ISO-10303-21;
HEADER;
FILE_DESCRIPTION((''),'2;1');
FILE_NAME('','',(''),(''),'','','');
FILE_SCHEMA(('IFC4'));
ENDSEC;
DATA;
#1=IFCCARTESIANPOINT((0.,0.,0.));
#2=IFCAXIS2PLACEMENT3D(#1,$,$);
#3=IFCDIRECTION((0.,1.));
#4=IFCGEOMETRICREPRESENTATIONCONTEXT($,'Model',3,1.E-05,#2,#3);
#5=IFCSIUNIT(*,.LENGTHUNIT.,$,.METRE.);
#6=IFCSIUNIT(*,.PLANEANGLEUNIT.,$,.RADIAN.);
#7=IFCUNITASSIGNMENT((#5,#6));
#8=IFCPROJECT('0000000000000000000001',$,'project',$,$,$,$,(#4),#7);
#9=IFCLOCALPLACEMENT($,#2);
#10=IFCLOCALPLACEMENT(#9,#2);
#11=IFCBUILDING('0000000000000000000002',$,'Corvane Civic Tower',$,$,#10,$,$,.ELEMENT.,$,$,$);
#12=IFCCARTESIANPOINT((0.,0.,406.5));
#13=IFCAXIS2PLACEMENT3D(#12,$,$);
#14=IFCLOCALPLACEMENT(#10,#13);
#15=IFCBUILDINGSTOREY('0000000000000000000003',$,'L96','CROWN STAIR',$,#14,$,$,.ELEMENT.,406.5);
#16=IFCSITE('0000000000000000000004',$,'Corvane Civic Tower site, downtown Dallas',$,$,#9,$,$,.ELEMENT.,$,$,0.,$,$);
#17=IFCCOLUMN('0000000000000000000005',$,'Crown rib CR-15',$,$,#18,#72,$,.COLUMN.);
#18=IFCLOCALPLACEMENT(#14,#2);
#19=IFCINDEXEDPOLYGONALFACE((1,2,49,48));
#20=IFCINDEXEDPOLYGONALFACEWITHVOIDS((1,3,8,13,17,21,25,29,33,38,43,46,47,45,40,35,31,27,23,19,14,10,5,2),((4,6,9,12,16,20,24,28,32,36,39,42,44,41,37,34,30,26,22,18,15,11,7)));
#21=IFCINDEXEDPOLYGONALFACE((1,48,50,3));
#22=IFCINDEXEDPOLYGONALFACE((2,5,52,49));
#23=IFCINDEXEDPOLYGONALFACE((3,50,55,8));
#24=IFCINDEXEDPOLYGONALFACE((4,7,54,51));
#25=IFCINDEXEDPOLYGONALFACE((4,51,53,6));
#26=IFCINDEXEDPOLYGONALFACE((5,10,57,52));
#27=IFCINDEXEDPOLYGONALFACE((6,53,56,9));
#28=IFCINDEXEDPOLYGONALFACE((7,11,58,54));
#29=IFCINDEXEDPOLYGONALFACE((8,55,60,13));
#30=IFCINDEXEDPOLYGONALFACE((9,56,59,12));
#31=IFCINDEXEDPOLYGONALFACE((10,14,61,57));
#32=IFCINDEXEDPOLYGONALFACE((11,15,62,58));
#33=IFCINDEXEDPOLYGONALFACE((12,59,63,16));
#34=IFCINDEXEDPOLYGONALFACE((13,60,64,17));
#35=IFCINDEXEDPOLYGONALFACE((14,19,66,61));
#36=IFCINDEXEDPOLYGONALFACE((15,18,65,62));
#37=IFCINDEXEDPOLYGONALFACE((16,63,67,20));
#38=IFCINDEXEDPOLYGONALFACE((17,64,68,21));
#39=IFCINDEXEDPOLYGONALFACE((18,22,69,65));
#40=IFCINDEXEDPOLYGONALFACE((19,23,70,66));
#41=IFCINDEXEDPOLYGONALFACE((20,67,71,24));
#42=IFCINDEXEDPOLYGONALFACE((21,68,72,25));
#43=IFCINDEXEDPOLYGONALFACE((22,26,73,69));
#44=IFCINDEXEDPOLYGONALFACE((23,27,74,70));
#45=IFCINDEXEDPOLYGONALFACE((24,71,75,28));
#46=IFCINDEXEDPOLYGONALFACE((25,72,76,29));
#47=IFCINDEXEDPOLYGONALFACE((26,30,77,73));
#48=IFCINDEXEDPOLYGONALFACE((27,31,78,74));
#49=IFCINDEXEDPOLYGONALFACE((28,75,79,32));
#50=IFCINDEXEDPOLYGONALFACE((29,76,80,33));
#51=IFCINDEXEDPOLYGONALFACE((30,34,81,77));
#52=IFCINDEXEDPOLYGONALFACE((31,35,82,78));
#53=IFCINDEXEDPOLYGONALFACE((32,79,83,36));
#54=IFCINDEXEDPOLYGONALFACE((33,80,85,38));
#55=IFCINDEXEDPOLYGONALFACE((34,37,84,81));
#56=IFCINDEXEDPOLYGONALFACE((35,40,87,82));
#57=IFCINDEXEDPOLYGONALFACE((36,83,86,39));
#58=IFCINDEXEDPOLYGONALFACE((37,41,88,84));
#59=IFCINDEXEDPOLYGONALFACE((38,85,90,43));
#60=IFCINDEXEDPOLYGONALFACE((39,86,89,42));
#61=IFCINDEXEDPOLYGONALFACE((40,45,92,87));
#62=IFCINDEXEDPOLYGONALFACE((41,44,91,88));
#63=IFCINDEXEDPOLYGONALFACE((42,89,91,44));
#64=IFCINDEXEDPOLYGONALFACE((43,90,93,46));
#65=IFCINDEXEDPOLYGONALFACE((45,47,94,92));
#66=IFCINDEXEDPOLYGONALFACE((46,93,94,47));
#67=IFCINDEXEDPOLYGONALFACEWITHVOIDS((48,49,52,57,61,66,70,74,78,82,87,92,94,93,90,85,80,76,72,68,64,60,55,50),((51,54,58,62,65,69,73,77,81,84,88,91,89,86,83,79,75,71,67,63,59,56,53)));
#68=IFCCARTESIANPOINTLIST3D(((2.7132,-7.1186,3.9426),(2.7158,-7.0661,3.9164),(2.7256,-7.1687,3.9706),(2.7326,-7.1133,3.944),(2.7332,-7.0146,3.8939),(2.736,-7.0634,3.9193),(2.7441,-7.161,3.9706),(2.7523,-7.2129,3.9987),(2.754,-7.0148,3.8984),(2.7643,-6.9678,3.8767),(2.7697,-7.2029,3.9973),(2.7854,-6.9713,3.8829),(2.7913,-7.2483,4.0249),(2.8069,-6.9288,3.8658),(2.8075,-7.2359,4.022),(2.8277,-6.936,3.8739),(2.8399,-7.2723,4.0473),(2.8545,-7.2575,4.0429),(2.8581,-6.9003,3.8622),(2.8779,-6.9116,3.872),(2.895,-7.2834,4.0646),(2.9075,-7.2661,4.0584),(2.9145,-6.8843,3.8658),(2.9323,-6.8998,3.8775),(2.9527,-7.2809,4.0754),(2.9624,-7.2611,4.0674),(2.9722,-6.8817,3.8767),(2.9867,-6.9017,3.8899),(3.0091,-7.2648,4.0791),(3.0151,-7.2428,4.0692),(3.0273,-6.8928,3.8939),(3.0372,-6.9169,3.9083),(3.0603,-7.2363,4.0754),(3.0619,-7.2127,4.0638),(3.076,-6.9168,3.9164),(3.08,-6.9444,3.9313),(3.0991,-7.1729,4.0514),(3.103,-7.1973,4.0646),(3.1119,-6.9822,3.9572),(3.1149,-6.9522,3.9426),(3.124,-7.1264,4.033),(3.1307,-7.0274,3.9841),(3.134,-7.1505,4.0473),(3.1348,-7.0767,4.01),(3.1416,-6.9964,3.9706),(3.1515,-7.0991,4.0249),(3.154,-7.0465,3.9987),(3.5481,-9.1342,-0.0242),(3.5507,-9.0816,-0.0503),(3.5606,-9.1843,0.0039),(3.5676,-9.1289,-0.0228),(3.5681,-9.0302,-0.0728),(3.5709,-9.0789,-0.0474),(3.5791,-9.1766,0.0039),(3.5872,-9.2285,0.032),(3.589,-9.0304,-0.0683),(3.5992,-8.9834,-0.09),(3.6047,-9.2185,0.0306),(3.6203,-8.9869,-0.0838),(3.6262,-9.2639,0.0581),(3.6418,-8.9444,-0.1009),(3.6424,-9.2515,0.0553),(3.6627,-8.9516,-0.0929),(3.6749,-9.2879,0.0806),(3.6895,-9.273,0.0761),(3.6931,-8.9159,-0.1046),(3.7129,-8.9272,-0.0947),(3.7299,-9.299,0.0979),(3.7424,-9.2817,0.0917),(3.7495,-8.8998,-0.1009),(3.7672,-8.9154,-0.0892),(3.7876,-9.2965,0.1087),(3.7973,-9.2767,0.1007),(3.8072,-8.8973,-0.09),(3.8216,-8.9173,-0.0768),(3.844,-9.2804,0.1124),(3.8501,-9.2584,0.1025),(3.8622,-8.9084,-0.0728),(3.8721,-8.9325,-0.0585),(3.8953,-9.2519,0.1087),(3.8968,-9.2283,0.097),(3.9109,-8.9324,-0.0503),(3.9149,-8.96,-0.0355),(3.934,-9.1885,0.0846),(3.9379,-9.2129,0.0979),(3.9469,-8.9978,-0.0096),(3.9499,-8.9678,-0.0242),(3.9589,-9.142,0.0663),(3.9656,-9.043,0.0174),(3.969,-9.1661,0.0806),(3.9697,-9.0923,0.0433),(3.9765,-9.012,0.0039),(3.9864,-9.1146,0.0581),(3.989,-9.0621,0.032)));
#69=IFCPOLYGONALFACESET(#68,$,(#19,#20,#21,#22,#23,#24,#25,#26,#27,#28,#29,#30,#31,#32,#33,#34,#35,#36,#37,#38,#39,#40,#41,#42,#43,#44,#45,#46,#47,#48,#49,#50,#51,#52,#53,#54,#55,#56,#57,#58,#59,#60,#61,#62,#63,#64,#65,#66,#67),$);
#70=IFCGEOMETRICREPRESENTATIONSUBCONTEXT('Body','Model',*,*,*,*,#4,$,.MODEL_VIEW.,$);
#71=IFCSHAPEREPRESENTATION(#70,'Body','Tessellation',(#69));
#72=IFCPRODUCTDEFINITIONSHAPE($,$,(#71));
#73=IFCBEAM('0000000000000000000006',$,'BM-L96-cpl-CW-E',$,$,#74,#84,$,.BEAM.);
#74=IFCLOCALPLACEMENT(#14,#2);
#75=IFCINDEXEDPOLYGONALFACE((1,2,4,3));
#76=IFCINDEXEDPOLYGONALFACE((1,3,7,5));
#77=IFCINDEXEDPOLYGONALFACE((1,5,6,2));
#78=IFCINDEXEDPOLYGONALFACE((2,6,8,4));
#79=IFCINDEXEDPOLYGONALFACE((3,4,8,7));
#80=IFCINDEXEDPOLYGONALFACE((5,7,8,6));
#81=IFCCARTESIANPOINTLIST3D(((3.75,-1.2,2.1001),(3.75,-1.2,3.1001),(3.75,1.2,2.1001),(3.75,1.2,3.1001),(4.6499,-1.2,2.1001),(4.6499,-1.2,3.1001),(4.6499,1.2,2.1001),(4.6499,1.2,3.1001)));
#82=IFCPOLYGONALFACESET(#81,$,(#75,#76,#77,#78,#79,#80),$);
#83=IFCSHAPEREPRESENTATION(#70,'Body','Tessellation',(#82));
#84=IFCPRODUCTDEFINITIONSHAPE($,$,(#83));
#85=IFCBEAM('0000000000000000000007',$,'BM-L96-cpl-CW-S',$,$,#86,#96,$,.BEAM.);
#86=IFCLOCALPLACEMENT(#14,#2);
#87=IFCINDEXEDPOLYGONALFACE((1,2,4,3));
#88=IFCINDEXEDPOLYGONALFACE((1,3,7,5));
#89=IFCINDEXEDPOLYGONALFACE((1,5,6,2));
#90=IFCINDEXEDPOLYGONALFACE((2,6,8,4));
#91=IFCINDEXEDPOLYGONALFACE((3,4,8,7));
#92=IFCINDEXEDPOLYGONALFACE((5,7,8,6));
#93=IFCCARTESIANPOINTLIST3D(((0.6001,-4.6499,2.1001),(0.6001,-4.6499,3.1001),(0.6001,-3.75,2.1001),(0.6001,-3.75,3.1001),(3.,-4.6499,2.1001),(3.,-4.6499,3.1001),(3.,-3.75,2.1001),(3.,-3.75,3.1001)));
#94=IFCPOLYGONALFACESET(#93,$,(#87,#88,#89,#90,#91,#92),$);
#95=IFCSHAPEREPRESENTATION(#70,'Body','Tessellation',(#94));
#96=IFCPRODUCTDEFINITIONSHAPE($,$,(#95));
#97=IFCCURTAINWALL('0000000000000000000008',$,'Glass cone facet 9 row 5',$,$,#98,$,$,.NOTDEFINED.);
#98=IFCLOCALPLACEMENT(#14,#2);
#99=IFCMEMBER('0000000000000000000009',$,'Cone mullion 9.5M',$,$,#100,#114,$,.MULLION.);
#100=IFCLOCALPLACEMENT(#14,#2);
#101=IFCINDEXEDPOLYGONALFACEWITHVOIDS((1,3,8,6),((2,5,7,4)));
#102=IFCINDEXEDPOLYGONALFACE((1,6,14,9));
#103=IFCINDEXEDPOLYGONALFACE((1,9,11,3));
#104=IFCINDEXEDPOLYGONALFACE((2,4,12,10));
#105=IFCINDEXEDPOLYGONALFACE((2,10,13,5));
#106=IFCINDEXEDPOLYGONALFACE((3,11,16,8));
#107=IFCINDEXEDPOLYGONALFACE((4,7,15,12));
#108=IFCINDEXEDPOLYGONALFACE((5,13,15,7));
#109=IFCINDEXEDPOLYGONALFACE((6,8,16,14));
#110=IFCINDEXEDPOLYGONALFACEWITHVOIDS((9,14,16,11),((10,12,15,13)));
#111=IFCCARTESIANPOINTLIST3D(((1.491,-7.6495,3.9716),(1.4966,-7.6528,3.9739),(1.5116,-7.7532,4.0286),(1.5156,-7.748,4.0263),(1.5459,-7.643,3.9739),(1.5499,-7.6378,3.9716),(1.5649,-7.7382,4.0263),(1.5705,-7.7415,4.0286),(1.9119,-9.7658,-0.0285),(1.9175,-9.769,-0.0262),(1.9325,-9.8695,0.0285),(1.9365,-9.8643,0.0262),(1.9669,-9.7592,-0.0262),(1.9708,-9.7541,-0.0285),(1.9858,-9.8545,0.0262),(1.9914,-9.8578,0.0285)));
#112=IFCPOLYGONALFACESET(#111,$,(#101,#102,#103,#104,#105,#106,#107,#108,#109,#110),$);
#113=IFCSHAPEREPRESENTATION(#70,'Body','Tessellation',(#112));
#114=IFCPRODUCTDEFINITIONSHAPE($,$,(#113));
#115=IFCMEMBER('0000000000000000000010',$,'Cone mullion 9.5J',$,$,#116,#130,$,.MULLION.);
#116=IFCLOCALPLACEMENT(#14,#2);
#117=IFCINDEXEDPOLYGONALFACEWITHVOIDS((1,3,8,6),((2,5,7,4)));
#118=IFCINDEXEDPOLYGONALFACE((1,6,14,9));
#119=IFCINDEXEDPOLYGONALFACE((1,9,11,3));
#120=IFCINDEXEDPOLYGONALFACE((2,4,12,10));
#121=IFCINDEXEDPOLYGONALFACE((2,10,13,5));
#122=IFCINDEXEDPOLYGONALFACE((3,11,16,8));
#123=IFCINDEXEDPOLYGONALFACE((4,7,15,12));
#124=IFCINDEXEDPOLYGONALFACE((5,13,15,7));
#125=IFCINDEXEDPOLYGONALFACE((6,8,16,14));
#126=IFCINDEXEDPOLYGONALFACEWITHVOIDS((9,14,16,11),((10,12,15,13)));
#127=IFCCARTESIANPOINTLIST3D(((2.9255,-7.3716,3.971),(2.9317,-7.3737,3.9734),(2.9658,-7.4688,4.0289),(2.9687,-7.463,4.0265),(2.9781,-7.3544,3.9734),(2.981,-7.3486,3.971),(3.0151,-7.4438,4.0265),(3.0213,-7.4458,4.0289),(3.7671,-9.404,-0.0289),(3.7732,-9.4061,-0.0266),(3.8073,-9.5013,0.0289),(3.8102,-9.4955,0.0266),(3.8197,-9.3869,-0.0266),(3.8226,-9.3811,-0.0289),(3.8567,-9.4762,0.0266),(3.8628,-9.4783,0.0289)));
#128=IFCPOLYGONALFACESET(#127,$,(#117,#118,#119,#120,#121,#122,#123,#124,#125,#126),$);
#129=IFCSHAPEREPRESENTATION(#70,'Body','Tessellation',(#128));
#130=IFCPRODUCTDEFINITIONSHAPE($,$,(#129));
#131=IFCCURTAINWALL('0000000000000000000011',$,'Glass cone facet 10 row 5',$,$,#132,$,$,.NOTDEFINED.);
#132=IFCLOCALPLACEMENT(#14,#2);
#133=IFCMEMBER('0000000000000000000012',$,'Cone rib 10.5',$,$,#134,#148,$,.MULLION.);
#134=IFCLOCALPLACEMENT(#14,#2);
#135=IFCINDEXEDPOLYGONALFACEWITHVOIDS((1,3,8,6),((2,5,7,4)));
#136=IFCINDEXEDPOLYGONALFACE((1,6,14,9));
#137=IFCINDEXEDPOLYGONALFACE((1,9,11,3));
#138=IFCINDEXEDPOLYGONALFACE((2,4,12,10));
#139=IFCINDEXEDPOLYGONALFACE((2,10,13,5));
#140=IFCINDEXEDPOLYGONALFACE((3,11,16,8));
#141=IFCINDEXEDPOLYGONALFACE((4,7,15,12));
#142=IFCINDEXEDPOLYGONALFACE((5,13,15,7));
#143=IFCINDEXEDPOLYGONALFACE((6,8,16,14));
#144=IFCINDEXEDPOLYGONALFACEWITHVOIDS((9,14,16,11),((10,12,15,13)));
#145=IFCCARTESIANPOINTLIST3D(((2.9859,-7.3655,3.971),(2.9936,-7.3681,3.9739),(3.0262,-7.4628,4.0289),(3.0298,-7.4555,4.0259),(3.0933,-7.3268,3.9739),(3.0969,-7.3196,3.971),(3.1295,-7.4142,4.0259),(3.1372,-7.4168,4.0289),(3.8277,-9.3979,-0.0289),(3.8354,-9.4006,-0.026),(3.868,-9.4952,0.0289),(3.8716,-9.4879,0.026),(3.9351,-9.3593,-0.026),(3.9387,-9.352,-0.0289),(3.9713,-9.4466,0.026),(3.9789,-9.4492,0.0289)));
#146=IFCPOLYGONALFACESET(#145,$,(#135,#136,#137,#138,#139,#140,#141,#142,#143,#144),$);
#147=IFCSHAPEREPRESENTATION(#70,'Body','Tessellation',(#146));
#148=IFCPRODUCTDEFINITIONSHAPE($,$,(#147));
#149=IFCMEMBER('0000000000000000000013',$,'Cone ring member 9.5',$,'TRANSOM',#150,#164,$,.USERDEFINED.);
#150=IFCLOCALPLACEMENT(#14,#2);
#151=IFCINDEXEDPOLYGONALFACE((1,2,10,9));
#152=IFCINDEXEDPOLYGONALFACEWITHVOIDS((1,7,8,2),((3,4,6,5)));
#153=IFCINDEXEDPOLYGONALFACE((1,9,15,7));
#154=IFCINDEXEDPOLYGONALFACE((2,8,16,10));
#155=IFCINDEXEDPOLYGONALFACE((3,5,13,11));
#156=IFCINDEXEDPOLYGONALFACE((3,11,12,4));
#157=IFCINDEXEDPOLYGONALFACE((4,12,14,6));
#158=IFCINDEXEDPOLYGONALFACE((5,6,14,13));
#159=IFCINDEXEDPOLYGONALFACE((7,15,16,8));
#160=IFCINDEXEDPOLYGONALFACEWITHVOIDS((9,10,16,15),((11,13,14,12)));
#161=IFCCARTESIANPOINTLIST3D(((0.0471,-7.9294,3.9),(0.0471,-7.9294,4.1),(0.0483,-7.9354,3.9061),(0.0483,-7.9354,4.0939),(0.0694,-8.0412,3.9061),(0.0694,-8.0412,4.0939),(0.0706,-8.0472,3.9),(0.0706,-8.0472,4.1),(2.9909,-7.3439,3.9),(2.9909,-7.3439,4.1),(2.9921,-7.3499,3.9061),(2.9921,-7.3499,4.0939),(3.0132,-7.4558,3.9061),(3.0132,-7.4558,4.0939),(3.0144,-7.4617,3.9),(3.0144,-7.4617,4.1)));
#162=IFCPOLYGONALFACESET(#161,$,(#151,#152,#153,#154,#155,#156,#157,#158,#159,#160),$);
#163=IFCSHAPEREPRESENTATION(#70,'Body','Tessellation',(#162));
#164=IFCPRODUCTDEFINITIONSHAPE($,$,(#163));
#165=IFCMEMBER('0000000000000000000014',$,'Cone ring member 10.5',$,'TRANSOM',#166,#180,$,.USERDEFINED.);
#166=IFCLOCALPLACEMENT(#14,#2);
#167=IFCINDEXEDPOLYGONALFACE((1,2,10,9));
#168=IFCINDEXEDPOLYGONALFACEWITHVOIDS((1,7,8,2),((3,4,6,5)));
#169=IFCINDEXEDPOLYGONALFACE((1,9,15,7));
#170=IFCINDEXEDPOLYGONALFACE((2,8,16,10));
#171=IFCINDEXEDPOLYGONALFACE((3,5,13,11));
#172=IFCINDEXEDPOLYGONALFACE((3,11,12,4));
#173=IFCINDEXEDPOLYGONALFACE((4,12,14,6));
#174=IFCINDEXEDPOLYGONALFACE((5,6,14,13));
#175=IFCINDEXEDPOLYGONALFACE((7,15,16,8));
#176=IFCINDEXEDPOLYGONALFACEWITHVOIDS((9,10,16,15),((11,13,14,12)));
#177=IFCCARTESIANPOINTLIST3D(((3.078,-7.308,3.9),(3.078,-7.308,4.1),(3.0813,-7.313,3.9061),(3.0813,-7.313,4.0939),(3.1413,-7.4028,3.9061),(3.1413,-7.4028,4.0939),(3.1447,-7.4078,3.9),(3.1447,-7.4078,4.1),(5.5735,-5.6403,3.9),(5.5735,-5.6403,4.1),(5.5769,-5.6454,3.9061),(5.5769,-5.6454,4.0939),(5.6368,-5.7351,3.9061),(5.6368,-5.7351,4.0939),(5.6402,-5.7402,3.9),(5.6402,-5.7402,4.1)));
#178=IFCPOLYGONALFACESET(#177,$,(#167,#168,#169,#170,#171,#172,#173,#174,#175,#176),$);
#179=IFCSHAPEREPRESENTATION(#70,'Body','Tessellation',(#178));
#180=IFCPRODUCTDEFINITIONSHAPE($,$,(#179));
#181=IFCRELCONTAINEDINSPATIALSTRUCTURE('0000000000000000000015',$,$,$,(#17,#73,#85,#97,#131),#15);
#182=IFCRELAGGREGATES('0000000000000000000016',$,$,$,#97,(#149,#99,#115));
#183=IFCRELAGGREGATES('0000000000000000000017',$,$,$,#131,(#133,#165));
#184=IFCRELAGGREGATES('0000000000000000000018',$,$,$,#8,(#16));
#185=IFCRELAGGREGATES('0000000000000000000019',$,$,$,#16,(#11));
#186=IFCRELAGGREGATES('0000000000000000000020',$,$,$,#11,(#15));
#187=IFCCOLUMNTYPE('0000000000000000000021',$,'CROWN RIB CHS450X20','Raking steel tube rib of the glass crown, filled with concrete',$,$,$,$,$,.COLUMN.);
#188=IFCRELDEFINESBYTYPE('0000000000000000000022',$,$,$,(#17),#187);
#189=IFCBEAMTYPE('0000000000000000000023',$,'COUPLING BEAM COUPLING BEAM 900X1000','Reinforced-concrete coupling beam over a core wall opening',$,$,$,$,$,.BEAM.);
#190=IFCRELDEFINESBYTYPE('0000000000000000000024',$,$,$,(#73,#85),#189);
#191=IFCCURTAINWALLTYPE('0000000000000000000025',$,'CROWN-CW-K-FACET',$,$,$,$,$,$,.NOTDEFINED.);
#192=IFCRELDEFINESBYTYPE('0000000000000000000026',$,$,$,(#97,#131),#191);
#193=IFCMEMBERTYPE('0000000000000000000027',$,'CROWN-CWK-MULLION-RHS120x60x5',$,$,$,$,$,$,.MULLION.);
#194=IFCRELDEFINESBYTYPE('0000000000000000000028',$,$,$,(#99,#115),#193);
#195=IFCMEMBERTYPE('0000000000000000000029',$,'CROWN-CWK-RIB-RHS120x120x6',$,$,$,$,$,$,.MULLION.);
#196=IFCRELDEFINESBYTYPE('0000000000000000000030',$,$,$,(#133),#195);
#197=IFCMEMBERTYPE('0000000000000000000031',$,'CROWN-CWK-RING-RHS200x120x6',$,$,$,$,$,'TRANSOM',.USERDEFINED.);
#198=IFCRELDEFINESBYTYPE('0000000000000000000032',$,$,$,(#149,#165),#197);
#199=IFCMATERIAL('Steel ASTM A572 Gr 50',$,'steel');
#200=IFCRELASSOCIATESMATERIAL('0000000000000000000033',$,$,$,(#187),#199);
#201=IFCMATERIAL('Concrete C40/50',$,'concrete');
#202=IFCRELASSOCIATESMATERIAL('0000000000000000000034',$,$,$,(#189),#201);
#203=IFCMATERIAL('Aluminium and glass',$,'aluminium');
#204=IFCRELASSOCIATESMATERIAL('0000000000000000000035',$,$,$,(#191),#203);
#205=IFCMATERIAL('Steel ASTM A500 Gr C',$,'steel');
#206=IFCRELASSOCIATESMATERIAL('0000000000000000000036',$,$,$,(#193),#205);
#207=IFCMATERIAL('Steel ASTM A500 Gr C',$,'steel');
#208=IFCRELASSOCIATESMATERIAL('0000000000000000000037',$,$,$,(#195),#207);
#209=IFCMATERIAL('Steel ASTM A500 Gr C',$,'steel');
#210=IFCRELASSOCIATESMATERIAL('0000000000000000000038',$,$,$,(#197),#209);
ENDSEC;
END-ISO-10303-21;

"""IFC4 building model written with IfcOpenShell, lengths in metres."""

from ifc_helpers import new_model, si_unit, direction, frame, origin, origin_2d, place, context, subcontext, project, spatial, rectangle, hollow_rectangle, hollow_circle, extrude, material, material_profile, profile_set, type_object, element, aggregate, save


model = new_model("IFC4")

# Units and contexts
model_context = context("Model", 3, precision=1e-05, world=origin(), true_north=direction((0.0, 1.0)))
body_context = subcontext(model_context, "Body", "Model", "MODEL_VIEW")
ifc_project = project(units=[si_unit("LENGTHUNIT", "METRE"), si_unit("PLANEANGLEUNIT", "RADIAN")], contexts=[model_context])

# Site, building, storey
site_placement = place(None, origin())
site = spatial("IfcSite", under=ifc_project, at=site_placement, Name="Corvane Civic Tower site, downtown Dallas", CompositionType="ELEMENT", RefElevation=0.0)
building_placement = place(site_placement, origin())
building = spatial("IfcBuilding", under=site, at=building_placement, Name="Corvane Civic Tower", CompositionType="ELEMENT")
storey_placement = place(building_placement, frame((0.0, 0.0, 406.5)))
storey = spatial("IfcBuildingStorey", under=building, at=storey_placement, Name="L96", Description="CROWN STAIR", CompositionType="ELEMENT", Elevation=406.5)

# Column
ifc_material_1 = material(Name="Steel ASTM A572 Gr 50", Category="steel")
ifc_material_profile_1 = material_profile(ifc_material_1, hollow_circle(Radius=0.2251, WallThickness=0.02, at=origin_2d()), Name="CHS450X20")
ifc_profile_set_1 = profile_set([ifc_material_profile_1], Name="Steel ASTM A572 Gr 50")
column_type = type_object("IfcColumnType", Name="CROWN RIB CHS450X20", Description="Raking steel tube rib of the glass crown, filled with concrete", PredefinedType="COLUMN", material=ifc_profile_set_1)
column_placement = place(storey_placement, frame((3.7686, -9.0981, 0.0039), z_axis=(-0.184433, 0.445227, 0.876218), x_axis=(-0.92387, -0.382708, 0.0)))
element("IfcColumn", 1, at=column_placement, inside=storey, type_object=column_type, Name="Crown rib CR-15", PredefinedType="COLUMN", context=body_context, shape_type="SweptSolid", body=[
    extrude(hollow_circle(Radius=0.2251, WallThickness=0.02, at=origin_2d()), origin(), (0.0, 0.0, 1.0), 4.5271),
])

# Beams
ifc_material_2 = material(Name="Concrete C40/50", Category="concrete")
ifc_material_profile_2 = material_profile(ifc_material_2, rectangle(XDim=0.8999, YDim=1.0, at=origin_2d()), Name="COUPLING BEAM 900X1000")
ifc_profile_set_2 = profile_set([ifc_material_profile_2], Name="Concrete C40/50")
beam_type_1 = type_object("IfcBeamType", Name="COUPLING BEAM COUPLING BEAM 900X1000", Description="Reinforced-concrete coupling beam over a core wall opening", PredefinedType="BEAM", material=ifc_profile_set_2)
for number, where, z_axis, x_axis, name in (
    (2, (4.2, -1.2, 2.6001), (0.0, 1.0, 0.0), (-1.0, 0.0, 0.0), "BM-L96-cpl-CW-E"),
    (3, (0.6001, -4.2, 2.6001), (1.0, 0.0, 0.0), (0.0, 1.0, 0.0), "BM-L96-cpl-CW-S"),
):
    element("IfcBeam", number, at=place(storey_placement, frame(where, z_axis=z_axis, x_axis=x_axis)), inside=storey, type_object=beam_type_1, Name=name, PredefinedType="BEAM", context=body_context, shape_type="SweptSolid", body=[
        extrude(rectangle(XDim=0.8999, YDim=1.0, at=origin_2d()), origin(), (0.0, 0.0, 1.0), 2.3999),
    ])

# Curtain wall, members
ifc_material_3 = material(Name="Aluminium and glass", Category="aluminium")
curtain_wall_type = type_object("IfcCurtainWallType", Name="CROWN-CW-K-FACET", PredefinedType="NOTDEFINED", material=ifc_material_3)
curtain_wall_1_placement = place(storey_placement, origin())
curtain_wall_1 = element("IfcCurtainWall", 4, at=curtain_wall_1_placement, inside=storey, type_object=curtain_wall_type, Name="Glass cone facet 9 row 5", PredefinedType="NOTDEFINED")
ifc_material_4 = material(Name="Steel ASTM A500 Gr C", Category="steel")
ifc_material_profile_3 = material_profile(ifc_material_4, hollow_rectangle(XDim=0.0601, YDim=0.1201, WallThickness=0.0049, at=origin_2d()), Name="RHS 120x60x5")
ifc_profile_set_3 = profile_set([ifc_material_profile_3], Name="Steel ASTM A500 Gr C")
member_type_1 = type_object("IfcMemberType", Name="CROWN-CWK-MULLION-RHS120x60x5", PredefinedType="MULLION", material=ifc_profile_set_3)
member_1_placement = place(storey_placement, frame((1.9517, -9.8118, 0.0), z_axis=(-0.09261, 0.46563, 0.88012), x_axis=(-0.980789, -0.195072, 0.0)))
member_1 = element("IfcMember", 5, at=member_1_placement, type_object=member_type_1, Name="Cone mullion 9.5M", PredefinedType="MULLION", context=body_context, shape_type="SweptSolid", body=[
    extrude(hollow_rectangle(XDim=0.0601, YDim=0.1201, WallThickness=0.0049, at=origin_2d()), origin(), (0.0, 0.0, 1.0), 4.5449),
])
member_2_placement = place(storey_placement, frame((3.8149, -9.4412, 0.0), z_axis=(-0.184349, 0.44523, 0.876234), x_axis=(-0.923932, -0.382558, 0.0)))
member_2 = element("IfcMember", 6, at=member_2_placement, type_object=member_type_1, Name="Cone mullion 9.5J", PredefinedType="MULLION", context=body_context, shape_type="SweptSolid", body=[
    extrude(hollow_rectangle(XDim=0.0601, YDim=0.1201, WallThickness=0.0049, at=origin_2d()), origin(), (0.0, 0.0, 1.0), 4.5649),
])

# Curtain wall, member
curtain_wall_2_placement = place(storey_placement, origin())
curtain_wall_2 = element("IfcCurtainWall", 7, at=curtain_wall_2_placement, inside=storey, type_object=curtain_wall_type, Name="Glass cone facet 10 row 5", PredefinedType="NOTDEFINED")
ifc_material_5 = material(Name="Steel ASTM A500 Gr C", Category="steel")
ifc_material_profile_4 = material_profile(ifc_material_5, hollow_rectangle(XDim=0.1201, YDim=0.1201, WallThickness=0.0061, at=origin_2d()), Name="RHS 120x120x6")
ifc_profile_set_4 = profile_set([ifc_material_profile_4], Name="Steel ASTM A500 Gr C")
member_type_2 = type_object("IfcMemberType", Name="CROWN-CWK-RIB-RHS120x120x6", PredefinedType="MULLION", material=ifc_profile_set_4)
member_3_placement = place(storey_placement, frame((3.9033, -9.4236, 0.0), z_axis=(-0.184401, 0.445226, 0.876225), x_axis=(-0.923892, -0.382652, 0.0)))
member_3 = element("IfcMember", 8, at=member_3_placement, type_object=member_type_2, Name="Cone rib 10.5", PredefinedType="MULLION", context=body_context, shape_type="SweptSolid", body=[
    extrude(hollow_rectangle(XDim=0.1201, YDim=0.1201, WallThickness=0.0061, at=origin_2d()), origin(), (0.0, 0.0, 1.0), 4.5649),
])

# Members
ifc_material_6 = material(Name="Steel ASTM A500 Gr C", Category="steel")
ifc_material_profile_5 = material_profile(ifc_material_6, hollow_rectangle(XDim=0.1201, YDim=0.2, WallThickness=0.0061, at=origin_2d()), Name="RHS 200x120x6")
ifc_profile_set_5 = profile_set([ifc_material_profile_5], Name="Steel ASTM A500 Gr C")
member_type_3 = type_object("IfcMemberType", Name="CROWN-CWK-RING-RHS200x120x6", ElementType="TRANSOM", PredefinedType="USERDEFINED", material=ifc_profile_set_5)
member_4_placement = place(storey_placement, frame((0.0588, -7.9883, 4.0), z_axis=(0.980793, 0.195052, 0.0), x_axis=(-0.195052, 0.980793, 0.0)))
member_4 = element("IfcMember", 9, at=member_4_placement, type_object=member_type_3, Name="Cone ring member 9.5", ObjectType="TRANSOM", PredefinedType="USERDEFINED", context=body_context, shape_type="SweptSolid", body=[
    extrude(hollow_rectangle(XDim=0.1201, YDim=0.2, WallThickness=0.0061, at=origin_2d()), origin(), (0.0, 0.0, 1.0), 3.0015),
])
aggregate(curtain_wall_1, [member_4, member_1, member_2])
member_5_placement = place(storey_placement, frame((3.1113, -7.3579, 4.0), z_axis=(0.831437, 0.55562, 0.0), x_axis=(-0.55562, 0.831437, 0.0)))
member_5 = element("IfcMember", 10, at=member_5_placement, type_object=member_type_3, Name="Cone ring member 10.5", ObjectType="TRANSOM", PredefinedType="USERDEFINED", context=body_context, shape_type="SweptSolid", body=[
    extrude(hollow_rectangle(XDim=0.1201, YDim=0.2, WallThickness=0.0061, at=origin_2d()), origin(), (0.0, 0.0, 1.0), 3.0015),
])

aggregate(curtain_wall_2, [member_3, member_5])

save(model, "model.ifc")
